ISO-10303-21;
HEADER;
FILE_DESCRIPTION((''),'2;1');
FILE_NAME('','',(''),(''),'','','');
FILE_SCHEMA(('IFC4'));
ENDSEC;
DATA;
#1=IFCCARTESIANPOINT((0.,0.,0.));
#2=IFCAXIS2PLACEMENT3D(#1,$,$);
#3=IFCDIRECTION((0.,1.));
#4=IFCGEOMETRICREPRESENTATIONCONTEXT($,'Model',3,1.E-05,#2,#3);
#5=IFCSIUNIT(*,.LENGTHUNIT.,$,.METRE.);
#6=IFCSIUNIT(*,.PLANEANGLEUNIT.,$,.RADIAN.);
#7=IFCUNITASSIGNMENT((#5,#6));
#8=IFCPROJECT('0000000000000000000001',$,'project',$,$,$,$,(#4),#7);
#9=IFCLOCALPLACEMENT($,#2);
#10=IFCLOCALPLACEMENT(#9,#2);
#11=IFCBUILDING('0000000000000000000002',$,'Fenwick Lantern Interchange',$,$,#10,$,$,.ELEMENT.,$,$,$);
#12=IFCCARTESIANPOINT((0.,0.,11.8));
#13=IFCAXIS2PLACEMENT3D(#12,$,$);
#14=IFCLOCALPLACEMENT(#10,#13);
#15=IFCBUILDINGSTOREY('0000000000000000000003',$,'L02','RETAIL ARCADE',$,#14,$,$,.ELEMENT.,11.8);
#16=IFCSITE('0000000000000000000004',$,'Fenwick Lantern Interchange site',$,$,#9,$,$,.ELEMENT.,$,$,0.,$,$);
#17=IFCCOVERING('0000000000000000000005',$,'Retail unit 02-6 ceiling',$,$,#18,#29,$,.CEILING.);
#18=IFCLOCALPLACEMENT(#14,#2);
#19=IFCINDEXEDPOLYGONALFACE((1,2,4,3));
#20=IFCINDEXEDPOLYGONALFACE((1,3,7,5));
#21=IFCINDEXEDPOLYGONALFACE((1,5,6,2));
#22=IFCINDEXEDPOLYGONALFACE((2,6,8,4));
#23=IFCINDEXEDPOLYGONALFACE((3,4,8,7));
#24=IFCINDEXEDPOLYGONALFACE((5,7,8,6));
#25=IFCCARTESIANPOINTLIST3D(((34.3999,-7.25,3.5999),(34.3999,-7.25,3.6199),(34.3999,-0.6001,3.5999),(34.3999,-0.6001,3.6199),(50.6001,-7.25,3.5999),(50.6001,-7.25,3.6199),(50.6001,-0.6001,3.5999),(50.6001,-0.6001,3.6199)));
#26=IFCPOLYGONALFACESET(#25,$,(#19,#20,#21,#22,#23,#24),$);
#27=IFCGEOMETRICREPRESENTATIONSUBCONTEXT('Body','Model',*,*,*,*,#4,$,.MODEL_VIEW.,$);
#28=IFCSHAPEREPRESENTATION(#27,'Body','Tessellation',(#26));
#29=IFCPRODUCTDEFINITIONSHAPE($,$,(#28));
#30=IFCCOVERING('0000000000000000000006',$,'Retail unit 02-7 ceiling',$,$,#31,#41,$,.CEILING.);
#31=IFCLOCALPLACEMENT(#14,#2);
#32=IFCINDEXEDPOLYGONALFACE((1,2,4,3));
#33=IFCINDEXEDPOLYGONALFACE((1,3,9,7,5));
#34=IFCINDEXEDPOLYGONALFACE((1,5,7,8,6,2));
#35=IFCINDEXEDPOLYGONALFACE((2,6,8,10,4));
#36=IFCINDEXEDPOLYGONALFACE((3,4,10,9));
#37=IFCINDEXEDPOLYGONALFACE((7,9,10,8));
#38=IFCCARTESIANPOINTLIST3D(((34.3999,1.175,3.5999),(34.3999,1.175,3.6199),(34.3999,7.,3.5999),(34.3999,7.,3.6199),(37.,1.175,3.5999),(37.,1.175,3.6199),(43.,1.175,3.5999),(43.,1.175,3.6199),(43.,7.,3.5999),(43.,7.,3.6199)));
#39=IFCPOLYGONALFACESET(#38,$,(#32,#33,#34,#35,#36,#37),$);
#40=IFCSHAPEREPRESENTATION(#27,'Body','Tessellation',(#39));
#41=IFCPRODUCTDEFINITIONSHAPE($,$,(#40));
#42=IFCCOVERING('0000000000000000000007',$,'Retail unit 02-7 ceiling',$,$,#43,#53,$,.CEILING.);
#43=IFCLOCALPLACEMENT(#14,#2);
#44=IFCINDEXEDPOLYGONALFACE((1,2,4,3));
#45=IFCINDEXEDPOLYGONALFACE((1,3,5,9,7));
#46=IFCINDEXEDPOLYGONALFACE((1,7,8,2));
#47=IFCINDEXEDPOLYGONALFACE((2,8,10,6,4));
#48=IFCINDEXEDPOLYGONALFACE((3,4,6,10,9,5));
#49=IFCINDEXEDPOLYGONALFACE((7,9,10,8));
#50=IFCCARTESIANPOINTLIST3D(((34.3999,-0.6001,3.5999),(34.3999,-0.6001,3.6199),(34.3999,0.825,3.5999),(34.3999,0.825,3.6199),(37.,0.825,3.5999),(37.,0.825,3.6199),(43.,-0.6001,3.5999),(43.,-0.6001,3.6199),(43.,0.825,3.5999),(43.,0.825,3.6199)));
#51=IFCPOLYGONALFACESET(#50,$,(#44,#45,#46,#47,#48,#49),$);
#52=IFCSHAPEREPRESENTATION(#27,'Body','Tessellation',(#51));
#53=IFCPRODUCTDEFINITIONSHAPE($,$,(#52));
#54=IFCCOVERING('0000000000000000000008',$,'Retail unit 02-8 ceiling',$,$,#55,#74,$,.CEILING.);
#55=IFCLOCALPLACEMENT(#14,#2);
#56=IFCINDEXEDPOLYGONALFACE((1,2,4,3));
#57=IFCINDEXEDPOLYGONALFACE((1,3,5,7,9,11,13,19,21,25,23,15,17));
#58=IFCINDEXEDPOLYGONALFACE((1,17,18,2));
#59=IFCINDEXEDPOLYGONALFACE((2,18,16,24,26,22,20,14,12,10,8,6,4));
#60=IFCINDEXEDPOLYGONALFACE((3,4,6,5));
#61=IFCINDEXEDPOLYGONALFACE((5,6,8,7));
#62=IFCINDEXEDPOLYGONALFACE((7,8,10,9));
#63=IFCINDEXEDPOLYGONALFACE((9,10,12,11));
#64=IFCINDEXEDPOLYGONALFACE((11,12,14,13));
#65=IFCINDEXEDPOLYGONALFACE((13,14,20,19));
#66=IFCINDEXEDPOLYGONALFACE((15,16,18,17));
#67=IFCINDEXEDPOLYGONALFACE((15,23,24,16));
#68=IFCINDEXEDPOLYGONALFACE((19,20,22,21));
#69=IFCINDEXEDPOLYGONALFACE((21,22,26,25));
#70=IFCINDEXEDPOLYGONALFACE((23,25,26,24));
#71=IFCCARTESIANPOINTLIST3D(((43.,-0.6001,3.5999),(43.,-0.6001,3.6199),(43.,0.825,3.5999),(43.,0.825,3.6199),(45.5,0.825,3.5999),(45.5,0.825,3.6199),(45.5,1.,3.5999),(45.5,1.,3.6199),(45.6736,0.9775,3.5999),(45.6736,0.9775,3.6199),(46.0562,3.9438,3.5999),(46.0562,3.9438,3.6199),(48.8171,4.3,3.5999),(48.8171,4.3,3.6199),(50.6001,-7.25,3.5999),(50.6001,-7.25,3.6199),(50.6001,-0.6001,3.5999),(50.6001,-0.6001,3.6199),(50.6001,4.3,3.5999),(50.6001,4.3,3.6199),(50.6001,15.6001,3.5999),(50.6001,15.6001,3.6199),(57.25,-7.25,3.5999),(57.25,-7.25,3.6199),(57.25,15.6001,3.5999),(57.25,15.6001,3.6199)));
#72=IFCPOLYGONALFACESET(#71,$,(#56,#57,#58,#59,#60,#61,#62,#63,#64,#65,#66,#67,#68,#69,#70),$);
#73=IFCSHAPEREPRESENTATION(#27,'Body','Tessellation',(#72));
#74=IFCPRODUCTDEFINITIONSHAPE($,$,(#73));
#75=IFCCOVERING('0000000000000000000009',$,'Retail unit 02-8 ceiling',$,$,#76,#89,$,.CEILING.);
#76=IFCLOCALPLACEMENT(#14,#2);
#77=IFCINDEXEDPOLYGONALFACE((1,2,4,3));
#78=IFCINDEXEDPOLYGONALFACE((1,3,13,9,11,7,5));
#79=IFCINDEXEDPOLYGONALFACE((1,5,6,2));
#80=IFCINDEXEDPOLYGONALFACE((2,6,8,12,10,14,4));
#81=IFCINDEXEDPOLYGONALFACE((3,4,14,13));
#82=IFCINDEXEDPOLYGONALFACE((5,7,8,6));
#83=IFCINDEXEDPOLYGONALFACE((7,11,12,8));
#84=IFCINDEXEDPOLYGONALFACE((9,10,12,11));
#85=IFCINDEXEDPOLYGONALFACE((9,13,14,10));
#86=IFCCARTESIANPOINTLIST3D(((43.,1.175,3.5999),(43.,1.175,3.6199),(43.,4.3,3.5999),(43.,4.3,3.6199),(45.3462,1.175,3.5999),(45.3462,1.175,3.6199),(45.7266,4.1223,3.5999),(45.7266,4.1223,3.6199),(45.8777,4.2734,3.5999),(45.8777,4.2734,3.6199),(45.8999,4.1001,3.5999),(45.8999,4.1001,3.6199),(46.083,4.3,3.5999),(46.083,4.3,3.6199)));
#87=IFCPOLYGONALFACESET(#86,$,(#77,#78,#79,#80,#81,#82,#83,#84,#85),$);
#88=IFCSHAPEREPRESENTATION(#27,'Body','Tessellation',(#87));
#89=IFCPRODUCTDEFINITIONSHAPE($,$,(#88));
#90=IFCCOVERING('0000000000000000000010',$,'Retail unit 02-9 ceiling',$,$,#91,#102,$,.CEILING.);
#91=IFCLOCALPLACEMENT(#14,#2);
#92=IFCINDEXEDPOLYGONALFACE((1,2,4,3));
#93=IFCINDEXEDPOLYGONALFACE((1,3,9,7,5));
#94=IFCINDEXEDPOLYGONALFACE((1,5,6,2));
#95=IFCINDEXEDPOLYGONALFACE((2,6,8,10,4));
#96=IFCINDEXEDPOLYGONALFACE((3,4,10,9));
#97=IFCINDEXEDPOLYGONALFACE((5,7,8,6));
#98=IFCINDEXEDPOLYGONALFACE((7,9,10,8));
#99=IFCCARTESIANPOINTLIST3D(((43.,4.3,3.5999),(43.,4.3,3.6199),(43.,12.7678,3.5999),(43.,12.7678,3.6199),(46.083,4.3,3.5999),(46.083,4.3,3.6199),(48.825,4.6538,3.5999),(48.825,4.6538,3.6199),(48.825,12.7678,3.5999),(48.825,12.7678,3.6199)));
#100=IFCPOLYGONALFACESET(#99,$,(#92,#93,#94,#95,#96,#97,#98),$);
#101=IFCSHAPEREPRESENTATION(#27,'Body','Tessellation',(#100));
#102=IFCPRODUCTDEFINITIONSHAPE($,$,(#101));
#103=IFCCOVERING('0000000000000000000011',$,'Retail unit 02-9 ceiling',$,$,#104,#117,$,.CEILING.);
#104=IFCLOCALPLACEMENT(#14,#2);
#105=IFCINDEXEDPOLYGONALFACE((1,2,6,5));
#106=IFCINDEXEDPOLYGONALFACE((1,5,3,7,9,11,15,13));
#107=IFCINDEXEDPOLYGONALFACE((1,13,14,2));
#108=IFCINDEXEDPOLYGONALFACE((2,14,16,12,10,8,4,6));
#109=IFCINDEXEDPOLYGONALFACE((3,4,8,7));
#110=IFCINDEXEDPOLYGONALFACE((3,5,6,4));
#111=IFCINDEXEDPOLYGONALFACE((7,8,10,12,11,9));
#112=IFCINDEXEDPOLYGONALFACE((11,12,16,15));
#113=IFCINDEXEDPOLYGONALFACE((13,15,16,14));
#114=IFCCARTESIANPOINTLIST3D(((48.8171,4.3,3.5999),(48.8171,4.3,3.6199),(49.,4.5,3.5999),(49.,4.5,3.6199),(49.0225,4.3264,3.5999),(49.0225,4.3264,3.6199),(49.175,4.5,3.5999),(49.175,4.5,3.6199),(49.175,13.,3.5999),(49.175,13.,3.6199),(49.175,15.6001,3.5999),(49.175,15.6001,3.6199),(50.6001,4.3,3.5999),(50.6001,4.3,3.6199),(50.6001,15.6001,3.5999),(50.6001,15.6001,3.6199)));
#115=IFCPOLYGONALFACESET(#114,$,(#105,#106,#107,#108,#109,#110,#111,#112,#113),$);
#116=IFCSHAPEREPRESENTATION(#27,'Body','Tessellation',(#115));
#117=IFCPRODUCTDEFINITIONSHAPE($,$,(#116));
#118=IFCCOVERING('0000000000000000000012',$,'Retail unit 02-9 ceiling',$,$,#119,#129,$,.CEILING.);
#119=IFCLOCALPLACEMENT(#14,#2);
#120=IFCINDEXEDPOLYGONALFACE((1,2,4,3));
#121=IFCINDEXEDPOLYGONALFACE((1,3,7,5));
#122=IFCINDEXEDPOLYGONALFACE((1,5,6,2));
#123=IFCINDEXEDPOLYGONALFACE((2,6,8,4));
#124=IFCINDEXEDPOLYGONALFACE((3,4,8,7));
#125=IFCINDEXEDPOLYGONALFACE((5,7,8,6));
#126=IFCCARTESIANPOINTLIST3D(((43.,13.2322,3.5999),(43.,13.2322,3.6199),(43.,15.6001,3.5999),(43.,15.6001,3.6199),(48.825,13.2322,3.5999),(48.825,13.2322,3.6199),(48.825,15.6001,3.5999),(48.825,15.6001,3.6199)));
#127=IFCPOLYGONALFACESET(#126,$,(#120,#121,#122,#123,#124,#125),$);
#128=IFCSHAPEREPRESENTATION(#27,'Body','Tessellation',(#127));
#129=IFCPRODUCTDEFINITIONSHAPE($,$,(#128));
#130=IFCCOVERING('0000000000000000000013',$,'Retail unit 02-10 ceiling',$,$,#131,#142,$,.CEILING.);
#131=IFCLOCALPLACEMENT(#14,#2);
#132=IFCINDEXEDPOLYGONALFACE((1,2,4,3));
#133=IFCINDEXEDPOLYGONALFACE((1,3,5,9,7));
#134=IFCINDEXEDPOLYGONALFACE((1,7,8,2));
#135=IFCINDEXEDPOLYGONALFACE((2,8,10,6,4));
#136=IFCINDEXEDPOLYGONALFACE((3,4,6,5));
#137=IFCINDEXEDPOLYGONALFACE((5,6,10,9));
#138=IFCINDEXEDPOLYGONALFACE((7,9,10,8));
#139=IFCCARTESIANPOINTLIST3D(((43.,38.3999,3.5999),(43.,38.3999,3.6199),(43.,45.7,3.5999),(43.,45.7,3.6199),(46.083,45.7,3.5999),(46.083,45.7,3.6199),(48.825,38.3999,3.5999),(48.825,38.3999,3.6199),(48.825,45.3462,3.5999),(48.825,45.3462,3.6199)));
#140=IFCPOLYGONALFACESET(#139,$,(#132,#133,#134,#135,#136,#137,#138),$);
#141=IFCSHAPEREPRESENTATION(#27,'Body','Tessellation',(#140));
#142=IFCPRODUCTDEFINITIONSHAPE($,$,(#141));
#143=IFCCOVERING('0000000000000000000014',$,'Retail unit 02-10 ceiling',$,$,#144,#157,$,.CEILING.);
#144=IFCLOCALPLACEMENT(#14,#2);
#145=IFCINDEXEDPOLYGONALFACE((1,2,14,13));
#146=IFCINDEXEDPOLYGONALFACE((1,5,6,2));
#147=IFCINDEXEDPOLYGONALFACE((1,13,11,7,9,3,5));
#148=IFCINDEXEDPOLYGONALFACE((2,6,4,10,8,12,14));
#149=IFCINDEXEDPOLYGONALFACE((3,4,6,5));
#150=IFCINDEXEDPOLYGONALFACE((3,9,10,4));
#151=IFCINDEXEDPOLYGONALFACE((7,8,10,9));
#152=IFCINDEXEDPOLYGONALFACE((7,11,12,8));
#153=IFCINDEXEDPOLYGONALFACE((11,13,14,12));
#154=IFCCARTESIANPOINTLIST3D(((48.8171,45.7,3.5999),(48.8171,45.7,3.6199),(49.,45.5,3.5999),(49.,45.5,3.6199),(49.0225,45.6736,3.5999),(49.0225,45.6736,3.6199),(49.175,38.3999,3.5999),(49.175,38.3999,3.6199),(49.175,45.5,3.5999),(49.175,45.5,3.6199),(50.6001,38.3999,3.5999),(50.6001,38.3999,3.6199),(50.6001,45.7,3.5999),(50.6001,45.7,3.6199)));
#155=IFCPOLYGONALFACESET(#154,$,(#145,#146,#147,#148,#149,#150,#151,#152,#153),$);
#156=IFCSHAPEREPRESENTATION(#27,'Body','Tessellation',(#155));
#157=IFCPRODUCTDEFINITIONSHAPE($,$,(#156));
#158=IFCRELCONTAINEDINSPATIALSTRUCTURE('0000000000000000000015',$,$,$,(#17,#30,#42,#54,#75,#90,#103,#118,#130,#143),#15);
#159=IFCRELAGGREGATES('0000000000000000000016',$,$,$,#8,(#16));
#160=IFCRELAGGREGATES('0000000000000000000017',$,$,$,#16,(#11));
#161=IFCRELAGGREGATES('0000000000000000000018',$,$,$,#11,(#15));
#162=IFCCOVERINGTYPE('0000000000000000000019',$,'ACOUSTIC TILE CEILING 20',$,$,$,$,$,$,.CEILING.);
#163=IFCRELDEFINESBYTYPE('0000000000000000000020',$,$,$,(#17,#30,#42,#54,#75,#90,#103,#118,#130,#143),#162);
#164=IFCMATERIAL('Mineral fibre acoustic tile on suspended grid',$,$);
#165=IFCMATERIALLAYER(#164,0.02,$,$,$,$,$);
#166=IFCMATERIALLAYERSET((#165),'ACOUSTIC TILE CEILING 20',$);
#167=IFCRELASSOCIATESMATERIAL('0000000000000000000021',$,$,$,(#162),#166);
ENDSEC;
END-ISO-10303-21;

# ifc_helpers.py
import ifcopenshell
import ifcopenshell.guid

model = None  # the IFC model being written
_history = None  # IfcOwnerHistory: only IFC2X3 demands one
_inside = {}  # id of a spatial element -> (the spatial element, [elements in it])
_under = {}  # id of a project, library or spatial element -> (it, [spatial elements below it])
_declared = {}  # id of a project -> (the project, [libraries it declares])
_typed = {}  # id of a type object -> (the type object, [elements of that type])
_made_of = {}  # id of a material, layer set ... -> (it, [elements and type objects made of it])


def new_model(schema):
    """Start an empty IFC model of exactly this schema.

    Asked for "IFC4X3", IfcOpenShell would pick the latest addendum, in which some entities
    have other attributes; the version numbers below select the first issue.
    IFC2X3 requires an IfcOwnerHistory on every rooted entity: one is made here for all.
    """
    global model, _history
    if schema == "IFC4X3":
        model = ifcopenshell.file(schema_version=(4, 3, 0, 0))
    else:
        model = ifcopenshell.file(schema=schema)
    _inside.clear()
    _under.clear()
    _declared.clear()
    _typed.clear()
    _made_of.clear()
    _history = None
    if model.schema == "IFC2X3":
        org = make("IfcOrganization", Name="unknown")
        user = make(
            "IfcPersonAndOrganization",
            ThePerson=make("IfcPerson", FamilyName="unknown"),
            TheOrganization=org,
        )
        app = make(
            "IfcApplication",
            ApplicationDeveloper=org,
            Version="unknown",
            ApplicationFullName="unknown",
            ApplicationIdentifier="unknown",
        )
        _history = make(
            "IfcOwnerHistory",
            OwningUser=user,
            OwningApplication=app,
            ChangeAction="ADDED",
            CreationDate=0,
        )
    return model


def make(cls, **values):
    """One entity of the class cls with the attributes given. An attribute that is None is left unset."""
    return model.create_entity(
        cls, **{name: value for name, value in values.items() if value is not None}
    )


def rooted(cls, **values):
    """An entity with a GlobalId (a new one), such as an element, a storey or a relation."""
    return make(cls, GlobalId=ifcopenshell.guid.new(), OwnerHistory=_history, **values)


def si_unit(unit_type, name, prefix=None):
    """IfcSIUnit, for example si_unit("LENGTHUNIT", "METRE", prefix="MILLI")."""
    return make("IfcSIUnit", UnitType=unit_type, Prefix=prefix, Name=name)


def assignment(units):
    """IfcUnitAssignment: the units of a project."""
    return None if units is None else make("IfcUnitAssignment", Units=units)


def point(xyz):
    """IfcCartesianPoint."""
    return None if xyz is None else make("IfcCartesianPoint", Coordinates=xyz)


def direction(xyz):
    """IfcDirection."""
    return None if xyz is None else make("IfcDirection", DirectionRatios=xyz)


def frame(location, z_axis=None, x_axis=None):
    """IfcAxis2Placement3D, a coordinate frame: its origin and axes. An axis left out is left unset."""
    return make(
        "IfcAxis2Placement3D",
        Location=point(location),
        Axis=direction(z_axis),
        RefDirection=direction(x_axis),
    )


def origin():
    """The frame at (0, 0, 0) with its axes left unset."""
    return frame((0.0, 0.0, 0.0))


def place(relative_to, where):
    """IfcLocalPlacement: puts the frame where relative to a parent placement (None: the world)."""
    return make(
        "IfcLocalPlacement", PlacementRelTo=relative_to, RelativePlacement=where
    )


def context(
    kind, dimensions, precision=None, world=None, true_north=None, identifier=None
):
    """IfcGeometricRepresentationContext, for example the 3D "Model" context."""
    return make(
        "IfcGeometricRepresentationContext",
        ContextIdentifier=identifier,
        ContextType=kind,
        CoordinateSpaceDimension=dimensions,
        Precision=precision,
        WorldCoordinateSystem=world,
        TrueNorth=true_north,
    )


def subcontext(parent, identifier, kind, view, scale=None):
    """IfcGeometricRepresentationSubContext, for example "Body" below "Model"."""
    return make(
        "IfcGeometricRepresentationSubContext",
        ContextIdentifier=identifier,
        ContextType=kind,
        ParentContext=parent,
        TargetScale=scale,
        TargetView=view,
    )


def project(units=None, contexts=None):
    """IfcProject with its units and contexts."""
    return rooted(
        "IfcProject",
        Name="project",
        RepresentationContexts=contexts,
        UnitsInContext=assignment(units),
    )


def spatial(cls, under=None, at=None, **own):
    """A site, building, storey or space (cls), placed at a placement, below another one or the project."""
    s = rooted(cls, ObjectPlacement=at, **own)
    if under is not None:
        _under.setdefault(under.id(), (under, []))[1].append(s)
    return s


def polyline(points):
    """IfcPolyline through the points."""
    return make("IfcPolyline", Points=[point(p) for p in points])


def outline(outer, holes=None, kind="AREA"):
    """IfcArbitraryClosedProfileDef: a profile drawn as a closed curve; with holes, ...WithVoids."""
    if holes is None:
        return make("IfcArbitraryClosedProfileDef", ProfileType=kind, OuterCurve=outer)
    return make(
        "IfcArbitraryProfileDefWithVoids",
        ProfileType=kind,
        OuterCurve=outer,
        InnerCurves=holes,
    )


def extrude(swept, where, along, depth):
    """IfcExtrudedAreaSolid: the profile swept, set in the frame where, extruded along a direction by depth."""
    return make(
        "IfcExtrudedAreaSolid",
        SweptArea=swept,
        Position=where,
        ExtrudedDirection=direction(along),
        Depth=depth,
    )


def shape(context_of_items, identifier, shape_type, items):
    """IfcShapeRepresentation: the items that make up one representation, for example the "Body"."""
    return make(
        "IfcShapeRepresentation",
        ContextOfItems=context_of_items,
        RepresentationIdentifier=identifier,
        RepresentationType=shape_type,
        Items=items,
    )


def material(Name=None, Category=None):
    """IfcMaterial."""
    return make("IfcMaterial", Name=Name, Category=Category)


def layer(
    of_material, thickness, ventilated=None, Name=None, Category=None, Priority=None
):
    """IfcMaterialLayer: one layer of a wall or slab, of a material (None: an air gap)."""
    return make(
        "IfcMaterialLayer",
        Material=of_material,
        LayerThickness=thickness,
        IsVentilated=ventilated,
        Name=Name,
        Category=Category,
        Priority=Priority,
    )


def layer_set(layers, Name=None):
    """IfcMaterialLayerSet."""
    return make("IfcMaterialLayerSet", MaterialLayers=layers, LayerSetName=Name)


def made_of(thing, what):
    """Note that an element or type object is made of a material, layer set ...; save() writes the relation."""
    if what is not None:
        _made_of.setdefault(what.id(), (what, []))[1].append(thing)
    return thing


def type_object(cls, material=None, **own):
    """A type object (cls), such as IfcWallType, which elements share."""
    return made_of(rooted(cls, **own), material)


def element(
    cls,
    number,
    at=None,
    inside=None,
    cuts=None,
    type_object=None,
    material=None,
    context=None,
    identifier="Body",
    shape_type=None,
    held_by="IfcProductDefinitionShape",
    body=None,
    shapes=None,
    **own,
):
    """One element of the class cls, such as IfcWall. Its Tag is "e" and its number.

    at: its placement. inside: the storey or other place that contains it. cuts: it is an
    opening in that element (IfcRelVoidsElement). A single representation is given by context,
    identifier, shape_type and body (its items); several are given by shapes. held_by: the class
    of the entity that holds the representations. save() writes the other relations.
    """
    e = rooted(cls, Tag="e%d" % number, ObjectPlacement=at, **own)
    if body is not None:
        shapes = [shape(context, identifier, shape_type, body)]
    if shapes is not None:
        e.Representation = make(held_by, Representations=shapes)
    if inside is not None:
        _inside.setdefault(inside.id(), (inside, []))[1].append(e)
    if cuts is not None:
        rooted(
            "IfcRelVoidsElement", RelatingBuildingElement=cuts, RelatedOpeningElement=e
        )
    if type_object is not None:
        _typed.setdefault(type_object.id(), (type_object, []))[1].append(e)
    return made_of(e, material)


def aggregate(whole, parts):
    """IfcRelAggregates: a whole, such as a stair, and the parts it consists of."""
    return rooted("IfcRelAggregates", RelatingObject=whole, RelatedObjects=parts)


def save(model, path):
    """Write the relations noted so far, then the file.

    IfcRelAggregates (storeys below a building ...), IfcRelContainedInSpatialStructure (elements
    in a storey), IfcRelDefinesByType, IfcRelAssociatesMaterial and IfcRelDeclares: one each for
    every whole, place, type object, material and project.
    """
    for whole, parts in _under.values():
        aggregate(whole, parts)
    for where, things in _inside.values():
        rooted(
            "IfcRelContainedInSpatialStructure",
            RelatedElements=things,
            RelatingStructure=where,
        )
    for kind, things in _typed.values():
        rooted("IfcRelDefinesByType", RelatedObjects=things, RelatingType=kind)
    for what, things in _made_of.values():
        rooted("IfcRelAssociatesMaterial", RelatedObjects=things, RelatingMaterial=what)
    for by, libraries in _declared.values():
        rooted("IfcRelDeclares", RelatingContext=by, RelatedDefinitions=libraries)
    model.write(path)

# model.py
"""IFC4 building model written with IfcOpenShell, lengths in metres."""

from ifc_helpers import new_model, si_unit, direction, frame, origin, place, context, subcontext, project, spatial, polyline, outline, extrude, material, layer, layer_set, type_object, element, save


model = new_model("IFC4")

# Units and contexts
model_context = context("Model", 3, precision=1e-05, world=origin(), true_north=direction((0.0, 1.0)))
body_context = subcontext(model_context, "Body", "Model", "MODEL_VIEW")
ifc_project = project(units=[si_unit("LENGTHUNIT", "METRE"), si_unit("PLANEANGLEUNIT", "RADIAN")], contexts=[model_context])

# Site, building, storey
site_placement = place(None, origin())
site = spatial("IfcSite", under=ifc_project, at=site_placement, Name="Fenwick Lantern Interchange site", CompositionType="ELEMENT", RefElevation=0.0)
building_placement = place(site_placement, origin())
building = spatial("IfcBuilding", under=site, at=building_placement, Name="Fenwick Lantern Interchange", CompositionType="ELEMENT")
storey_placement = place(building_placement, frame((0.0, 0.0, 11.8)))
storey = spatial("IfcBuildingStorey", under=building, at=storey_placement, Name="L02", Description="RETAIL ARCADE", CompositionType="ELEMENT", Elevation=11.8)

# Coverings
ifc_material_1 = material(Name="Mineral fibre acoustic tile on suspended grid")
ifc_layer_1 = layer(ifc_material_1, 0.02)
ifc_layer_set_1 = layer_set([ifc_layer_1], Name="ACOUSTIC TILE CEILING 20")
covering_type = type_object("IfcCoveringType", Name="ACOUSTIC TILE CEILING 20", PredefinedType="CEILING", material=ifc_layer_set_1)
covering_1_placement = place(storey_placement, frame((0.0, 0.0, 3.5999)))
element("IfcCovering", 1, at=covering_1_placement, inside=storey, type_object=covering_type, Name="Retail unit 02-6 ceiling", PredefinedType="CEILING", context=body_context, shape_type="SweptSolid", body=[
    extrude(outline(polyline([(34.3999, -0.6001), (34.3999, -7.25), (50.6001, -7.25), (50.6001, -0.6001), (34.3999, -0.6001)])), origin(), (0.0, 0.0, 1.0), 0.02),
])
covering_2_placement = place(storey_placement, frame((0.0, 0.0, 3.5999)))
element("IfcCovering", 2, at=covering_2_placement, inside=storey, type_object=covering_type, Name="Retail unit 02-7 ceiling", PredefinedType="CEILING", context=body_context, shape_type="SweptSolid", body=[
    extrude(outline(polyline([(34.3999, 7.0), (34.3999, 1.175), (37.0, 1.175), (43.0, 1.175), (43.0, 7.0), (34.3999, 7.0)])), origin(), (0.0, 0.0, 1.0), 0.02),
])
covering_3_placement = place(storey_placement, frame((0.0, 0.0, 3.5999)))
element("IfcCovering", 3, at=covering_3_placement, inside=storey, type_object=covering_type, Name="Retail unit 02-7 ceiling", PredefinedType="CEILING", context=body_context, shape_type="SweptSolid", body=[
    extrude(outline(polyline([(34.3999, 0.825), (34.3999, -0.6001), (43.0, -0.6001), (43.0, 0.825), (37.0, 0.825), (34.3999, 0.825)])), origin(), (0.0, 0.0, 1.0), 0.02),
])
covering_4_placement = place(storey_placement, frame((0.0, 0.0, 3.5999)))
element("IfcCovering", 4, at=covering_4_placement, inside=storey, type_object=covering_type, Name="Retail unit 02-8 ceiling", PredefinedType="CEILING", context=body_context, shape_type="SweptSolid", body=[
    extrude(outline(polyline([(43.0, -0.6001), (50.6001, -0.6001), (50.6001, -7.25), (57.25, -7.25), (57.25, 15.6001), (50.6001, 15.6001), (50.6001, 4.3), (48.8171, 4.3), (46.0562, 3.9438), (45.6736, 0.9775), (45.5, 1.0), (45.5, 0.825), (43.0, 0.825), (43.0, -0.6001)])), origin(), (0.0, 0.0, 1.0), 0.02),
])
covering_5_placement = place(storey_placement, frame((0.0, 0.0, 3.5999)))
element("IfcCovering", 5, at=covering_5_placement, inside=storey, type_object=covering_type, Name="Retail unit 02-8 ceiling", PredefinedType="CEILING", context=body_context, shape_type="SweptSolid", body=[
    extrude(outline(polyline([(43.0, 4.3), (43.0, 1.175), (45.3462, 1.175), (45.7266, 4.1223), (45.8999, 4.1001), (45.8777, 4.2734), (46.083, 4.3), (43.0, 4.3)])), origin(), (0.0, 0.0, 1.0), 0.02),
])
covering_6_placement = place(storey_placement, frame((0.0, 0.0, 3.5999)))
element("IfcCovering", 6, at=covering_6_placement, inside=storey, type_object=covering_type, Name="Retail unit 02-9 ceiling", PredefinedType="CEILING", context=body_context, shape_type="SweptSolid", body=[
    extrude(outline(polyline([(43.0, 12.7678), (43.0, 4.3), (46.083, 4.3), (48.825, 4.6538), (48.825, 12.7678), (43.0, 12.7678)])), origin(), (0.0, 0.0, 1.0), 0.02),
])
covering_7_placement = place(storey_placement, frame((0.0, 0.0, 3.5999)))
element("IfcCovering", 7, at=covering_7_placement, inside=storey, type_object=covering_type, Name="Retail unit 02-9 ceiling", PredefinedType="CEILING", context=body_context, shape_type="SweptSolid", body=[
    extrude(outline(polyline([(50.6001, 15.6001), (49.175, 15.6001), (49.175, 13.0), (49.175, 4.5), (49.0, 4.5), (49.0225, 4.3264), (48.8171, 4.3), (50.6001, 4.3), (50.6001, 15.6001)])), origin(), (0.0, 0.0, 1.0), 0.02),
])
covering_8_placement = place(storey_placement, frame((0.0, 0.0, 3.5999)))
element("IfcCovering", 8, at=covering_8_placement, inside=storey, type_object=covering_type, Name="Retail unit 02-9 ceiling", PredefinedType="CEILING", context=body_context, shape_type="SweptSolid", body=[
    extrude(outline(polyline([(43.0, 15.6001), (43.0, 13.2322), (48.825, 13.2322), (48.825, 15.6001), (43.0, 15.6001)])), origin(), (0.0, 0.0, 1.0), 0.02),
])
covering_9_placement = place(storey_placement, frame((0.0, 0.0, 3.5999)))
element("IfcCovering", 9, at=covering_9_placement, inside=storey, type_object=covering_type, Name="Retail unit 02-10 ceiling", PredefinedType="CEILING", context=body_context, shape_type="SweptSolid", body=[
    extrude(outline(polyline([(43.0, 45.7), (43.0, 38.3999), (48.825, 38.3999), (48.825, 45.3462), (46.083, 45.7), (43.0, 45.7)])), origin(), (0.0, 0.0, 1.0), 0.02),
])
covering_10_placement = place(storey_placement, frame((0.0, 0.0, 3.5999)))
element("IfcCovering", 10, at=covering_10_placement, inside=storey, type_object=covering_type, Name="Retail unit 02-10 ceiling", PredefinedType="CEILING", context=body_context, shape_type="SweptSolid", body=[
    extrude(outline(polyline([(50.6001, 45.7), (48.8171, 45.7), (49.0225, 45.6736), (49.0, 45.5), (49.175, 45.5), (49.175, 38.3999), (50.6001, 38.3999), (50.6001, 45.7)])), origin(), (0.0, 0.0, 1.0), 0.02),
])

save(model, "model.ifc")
